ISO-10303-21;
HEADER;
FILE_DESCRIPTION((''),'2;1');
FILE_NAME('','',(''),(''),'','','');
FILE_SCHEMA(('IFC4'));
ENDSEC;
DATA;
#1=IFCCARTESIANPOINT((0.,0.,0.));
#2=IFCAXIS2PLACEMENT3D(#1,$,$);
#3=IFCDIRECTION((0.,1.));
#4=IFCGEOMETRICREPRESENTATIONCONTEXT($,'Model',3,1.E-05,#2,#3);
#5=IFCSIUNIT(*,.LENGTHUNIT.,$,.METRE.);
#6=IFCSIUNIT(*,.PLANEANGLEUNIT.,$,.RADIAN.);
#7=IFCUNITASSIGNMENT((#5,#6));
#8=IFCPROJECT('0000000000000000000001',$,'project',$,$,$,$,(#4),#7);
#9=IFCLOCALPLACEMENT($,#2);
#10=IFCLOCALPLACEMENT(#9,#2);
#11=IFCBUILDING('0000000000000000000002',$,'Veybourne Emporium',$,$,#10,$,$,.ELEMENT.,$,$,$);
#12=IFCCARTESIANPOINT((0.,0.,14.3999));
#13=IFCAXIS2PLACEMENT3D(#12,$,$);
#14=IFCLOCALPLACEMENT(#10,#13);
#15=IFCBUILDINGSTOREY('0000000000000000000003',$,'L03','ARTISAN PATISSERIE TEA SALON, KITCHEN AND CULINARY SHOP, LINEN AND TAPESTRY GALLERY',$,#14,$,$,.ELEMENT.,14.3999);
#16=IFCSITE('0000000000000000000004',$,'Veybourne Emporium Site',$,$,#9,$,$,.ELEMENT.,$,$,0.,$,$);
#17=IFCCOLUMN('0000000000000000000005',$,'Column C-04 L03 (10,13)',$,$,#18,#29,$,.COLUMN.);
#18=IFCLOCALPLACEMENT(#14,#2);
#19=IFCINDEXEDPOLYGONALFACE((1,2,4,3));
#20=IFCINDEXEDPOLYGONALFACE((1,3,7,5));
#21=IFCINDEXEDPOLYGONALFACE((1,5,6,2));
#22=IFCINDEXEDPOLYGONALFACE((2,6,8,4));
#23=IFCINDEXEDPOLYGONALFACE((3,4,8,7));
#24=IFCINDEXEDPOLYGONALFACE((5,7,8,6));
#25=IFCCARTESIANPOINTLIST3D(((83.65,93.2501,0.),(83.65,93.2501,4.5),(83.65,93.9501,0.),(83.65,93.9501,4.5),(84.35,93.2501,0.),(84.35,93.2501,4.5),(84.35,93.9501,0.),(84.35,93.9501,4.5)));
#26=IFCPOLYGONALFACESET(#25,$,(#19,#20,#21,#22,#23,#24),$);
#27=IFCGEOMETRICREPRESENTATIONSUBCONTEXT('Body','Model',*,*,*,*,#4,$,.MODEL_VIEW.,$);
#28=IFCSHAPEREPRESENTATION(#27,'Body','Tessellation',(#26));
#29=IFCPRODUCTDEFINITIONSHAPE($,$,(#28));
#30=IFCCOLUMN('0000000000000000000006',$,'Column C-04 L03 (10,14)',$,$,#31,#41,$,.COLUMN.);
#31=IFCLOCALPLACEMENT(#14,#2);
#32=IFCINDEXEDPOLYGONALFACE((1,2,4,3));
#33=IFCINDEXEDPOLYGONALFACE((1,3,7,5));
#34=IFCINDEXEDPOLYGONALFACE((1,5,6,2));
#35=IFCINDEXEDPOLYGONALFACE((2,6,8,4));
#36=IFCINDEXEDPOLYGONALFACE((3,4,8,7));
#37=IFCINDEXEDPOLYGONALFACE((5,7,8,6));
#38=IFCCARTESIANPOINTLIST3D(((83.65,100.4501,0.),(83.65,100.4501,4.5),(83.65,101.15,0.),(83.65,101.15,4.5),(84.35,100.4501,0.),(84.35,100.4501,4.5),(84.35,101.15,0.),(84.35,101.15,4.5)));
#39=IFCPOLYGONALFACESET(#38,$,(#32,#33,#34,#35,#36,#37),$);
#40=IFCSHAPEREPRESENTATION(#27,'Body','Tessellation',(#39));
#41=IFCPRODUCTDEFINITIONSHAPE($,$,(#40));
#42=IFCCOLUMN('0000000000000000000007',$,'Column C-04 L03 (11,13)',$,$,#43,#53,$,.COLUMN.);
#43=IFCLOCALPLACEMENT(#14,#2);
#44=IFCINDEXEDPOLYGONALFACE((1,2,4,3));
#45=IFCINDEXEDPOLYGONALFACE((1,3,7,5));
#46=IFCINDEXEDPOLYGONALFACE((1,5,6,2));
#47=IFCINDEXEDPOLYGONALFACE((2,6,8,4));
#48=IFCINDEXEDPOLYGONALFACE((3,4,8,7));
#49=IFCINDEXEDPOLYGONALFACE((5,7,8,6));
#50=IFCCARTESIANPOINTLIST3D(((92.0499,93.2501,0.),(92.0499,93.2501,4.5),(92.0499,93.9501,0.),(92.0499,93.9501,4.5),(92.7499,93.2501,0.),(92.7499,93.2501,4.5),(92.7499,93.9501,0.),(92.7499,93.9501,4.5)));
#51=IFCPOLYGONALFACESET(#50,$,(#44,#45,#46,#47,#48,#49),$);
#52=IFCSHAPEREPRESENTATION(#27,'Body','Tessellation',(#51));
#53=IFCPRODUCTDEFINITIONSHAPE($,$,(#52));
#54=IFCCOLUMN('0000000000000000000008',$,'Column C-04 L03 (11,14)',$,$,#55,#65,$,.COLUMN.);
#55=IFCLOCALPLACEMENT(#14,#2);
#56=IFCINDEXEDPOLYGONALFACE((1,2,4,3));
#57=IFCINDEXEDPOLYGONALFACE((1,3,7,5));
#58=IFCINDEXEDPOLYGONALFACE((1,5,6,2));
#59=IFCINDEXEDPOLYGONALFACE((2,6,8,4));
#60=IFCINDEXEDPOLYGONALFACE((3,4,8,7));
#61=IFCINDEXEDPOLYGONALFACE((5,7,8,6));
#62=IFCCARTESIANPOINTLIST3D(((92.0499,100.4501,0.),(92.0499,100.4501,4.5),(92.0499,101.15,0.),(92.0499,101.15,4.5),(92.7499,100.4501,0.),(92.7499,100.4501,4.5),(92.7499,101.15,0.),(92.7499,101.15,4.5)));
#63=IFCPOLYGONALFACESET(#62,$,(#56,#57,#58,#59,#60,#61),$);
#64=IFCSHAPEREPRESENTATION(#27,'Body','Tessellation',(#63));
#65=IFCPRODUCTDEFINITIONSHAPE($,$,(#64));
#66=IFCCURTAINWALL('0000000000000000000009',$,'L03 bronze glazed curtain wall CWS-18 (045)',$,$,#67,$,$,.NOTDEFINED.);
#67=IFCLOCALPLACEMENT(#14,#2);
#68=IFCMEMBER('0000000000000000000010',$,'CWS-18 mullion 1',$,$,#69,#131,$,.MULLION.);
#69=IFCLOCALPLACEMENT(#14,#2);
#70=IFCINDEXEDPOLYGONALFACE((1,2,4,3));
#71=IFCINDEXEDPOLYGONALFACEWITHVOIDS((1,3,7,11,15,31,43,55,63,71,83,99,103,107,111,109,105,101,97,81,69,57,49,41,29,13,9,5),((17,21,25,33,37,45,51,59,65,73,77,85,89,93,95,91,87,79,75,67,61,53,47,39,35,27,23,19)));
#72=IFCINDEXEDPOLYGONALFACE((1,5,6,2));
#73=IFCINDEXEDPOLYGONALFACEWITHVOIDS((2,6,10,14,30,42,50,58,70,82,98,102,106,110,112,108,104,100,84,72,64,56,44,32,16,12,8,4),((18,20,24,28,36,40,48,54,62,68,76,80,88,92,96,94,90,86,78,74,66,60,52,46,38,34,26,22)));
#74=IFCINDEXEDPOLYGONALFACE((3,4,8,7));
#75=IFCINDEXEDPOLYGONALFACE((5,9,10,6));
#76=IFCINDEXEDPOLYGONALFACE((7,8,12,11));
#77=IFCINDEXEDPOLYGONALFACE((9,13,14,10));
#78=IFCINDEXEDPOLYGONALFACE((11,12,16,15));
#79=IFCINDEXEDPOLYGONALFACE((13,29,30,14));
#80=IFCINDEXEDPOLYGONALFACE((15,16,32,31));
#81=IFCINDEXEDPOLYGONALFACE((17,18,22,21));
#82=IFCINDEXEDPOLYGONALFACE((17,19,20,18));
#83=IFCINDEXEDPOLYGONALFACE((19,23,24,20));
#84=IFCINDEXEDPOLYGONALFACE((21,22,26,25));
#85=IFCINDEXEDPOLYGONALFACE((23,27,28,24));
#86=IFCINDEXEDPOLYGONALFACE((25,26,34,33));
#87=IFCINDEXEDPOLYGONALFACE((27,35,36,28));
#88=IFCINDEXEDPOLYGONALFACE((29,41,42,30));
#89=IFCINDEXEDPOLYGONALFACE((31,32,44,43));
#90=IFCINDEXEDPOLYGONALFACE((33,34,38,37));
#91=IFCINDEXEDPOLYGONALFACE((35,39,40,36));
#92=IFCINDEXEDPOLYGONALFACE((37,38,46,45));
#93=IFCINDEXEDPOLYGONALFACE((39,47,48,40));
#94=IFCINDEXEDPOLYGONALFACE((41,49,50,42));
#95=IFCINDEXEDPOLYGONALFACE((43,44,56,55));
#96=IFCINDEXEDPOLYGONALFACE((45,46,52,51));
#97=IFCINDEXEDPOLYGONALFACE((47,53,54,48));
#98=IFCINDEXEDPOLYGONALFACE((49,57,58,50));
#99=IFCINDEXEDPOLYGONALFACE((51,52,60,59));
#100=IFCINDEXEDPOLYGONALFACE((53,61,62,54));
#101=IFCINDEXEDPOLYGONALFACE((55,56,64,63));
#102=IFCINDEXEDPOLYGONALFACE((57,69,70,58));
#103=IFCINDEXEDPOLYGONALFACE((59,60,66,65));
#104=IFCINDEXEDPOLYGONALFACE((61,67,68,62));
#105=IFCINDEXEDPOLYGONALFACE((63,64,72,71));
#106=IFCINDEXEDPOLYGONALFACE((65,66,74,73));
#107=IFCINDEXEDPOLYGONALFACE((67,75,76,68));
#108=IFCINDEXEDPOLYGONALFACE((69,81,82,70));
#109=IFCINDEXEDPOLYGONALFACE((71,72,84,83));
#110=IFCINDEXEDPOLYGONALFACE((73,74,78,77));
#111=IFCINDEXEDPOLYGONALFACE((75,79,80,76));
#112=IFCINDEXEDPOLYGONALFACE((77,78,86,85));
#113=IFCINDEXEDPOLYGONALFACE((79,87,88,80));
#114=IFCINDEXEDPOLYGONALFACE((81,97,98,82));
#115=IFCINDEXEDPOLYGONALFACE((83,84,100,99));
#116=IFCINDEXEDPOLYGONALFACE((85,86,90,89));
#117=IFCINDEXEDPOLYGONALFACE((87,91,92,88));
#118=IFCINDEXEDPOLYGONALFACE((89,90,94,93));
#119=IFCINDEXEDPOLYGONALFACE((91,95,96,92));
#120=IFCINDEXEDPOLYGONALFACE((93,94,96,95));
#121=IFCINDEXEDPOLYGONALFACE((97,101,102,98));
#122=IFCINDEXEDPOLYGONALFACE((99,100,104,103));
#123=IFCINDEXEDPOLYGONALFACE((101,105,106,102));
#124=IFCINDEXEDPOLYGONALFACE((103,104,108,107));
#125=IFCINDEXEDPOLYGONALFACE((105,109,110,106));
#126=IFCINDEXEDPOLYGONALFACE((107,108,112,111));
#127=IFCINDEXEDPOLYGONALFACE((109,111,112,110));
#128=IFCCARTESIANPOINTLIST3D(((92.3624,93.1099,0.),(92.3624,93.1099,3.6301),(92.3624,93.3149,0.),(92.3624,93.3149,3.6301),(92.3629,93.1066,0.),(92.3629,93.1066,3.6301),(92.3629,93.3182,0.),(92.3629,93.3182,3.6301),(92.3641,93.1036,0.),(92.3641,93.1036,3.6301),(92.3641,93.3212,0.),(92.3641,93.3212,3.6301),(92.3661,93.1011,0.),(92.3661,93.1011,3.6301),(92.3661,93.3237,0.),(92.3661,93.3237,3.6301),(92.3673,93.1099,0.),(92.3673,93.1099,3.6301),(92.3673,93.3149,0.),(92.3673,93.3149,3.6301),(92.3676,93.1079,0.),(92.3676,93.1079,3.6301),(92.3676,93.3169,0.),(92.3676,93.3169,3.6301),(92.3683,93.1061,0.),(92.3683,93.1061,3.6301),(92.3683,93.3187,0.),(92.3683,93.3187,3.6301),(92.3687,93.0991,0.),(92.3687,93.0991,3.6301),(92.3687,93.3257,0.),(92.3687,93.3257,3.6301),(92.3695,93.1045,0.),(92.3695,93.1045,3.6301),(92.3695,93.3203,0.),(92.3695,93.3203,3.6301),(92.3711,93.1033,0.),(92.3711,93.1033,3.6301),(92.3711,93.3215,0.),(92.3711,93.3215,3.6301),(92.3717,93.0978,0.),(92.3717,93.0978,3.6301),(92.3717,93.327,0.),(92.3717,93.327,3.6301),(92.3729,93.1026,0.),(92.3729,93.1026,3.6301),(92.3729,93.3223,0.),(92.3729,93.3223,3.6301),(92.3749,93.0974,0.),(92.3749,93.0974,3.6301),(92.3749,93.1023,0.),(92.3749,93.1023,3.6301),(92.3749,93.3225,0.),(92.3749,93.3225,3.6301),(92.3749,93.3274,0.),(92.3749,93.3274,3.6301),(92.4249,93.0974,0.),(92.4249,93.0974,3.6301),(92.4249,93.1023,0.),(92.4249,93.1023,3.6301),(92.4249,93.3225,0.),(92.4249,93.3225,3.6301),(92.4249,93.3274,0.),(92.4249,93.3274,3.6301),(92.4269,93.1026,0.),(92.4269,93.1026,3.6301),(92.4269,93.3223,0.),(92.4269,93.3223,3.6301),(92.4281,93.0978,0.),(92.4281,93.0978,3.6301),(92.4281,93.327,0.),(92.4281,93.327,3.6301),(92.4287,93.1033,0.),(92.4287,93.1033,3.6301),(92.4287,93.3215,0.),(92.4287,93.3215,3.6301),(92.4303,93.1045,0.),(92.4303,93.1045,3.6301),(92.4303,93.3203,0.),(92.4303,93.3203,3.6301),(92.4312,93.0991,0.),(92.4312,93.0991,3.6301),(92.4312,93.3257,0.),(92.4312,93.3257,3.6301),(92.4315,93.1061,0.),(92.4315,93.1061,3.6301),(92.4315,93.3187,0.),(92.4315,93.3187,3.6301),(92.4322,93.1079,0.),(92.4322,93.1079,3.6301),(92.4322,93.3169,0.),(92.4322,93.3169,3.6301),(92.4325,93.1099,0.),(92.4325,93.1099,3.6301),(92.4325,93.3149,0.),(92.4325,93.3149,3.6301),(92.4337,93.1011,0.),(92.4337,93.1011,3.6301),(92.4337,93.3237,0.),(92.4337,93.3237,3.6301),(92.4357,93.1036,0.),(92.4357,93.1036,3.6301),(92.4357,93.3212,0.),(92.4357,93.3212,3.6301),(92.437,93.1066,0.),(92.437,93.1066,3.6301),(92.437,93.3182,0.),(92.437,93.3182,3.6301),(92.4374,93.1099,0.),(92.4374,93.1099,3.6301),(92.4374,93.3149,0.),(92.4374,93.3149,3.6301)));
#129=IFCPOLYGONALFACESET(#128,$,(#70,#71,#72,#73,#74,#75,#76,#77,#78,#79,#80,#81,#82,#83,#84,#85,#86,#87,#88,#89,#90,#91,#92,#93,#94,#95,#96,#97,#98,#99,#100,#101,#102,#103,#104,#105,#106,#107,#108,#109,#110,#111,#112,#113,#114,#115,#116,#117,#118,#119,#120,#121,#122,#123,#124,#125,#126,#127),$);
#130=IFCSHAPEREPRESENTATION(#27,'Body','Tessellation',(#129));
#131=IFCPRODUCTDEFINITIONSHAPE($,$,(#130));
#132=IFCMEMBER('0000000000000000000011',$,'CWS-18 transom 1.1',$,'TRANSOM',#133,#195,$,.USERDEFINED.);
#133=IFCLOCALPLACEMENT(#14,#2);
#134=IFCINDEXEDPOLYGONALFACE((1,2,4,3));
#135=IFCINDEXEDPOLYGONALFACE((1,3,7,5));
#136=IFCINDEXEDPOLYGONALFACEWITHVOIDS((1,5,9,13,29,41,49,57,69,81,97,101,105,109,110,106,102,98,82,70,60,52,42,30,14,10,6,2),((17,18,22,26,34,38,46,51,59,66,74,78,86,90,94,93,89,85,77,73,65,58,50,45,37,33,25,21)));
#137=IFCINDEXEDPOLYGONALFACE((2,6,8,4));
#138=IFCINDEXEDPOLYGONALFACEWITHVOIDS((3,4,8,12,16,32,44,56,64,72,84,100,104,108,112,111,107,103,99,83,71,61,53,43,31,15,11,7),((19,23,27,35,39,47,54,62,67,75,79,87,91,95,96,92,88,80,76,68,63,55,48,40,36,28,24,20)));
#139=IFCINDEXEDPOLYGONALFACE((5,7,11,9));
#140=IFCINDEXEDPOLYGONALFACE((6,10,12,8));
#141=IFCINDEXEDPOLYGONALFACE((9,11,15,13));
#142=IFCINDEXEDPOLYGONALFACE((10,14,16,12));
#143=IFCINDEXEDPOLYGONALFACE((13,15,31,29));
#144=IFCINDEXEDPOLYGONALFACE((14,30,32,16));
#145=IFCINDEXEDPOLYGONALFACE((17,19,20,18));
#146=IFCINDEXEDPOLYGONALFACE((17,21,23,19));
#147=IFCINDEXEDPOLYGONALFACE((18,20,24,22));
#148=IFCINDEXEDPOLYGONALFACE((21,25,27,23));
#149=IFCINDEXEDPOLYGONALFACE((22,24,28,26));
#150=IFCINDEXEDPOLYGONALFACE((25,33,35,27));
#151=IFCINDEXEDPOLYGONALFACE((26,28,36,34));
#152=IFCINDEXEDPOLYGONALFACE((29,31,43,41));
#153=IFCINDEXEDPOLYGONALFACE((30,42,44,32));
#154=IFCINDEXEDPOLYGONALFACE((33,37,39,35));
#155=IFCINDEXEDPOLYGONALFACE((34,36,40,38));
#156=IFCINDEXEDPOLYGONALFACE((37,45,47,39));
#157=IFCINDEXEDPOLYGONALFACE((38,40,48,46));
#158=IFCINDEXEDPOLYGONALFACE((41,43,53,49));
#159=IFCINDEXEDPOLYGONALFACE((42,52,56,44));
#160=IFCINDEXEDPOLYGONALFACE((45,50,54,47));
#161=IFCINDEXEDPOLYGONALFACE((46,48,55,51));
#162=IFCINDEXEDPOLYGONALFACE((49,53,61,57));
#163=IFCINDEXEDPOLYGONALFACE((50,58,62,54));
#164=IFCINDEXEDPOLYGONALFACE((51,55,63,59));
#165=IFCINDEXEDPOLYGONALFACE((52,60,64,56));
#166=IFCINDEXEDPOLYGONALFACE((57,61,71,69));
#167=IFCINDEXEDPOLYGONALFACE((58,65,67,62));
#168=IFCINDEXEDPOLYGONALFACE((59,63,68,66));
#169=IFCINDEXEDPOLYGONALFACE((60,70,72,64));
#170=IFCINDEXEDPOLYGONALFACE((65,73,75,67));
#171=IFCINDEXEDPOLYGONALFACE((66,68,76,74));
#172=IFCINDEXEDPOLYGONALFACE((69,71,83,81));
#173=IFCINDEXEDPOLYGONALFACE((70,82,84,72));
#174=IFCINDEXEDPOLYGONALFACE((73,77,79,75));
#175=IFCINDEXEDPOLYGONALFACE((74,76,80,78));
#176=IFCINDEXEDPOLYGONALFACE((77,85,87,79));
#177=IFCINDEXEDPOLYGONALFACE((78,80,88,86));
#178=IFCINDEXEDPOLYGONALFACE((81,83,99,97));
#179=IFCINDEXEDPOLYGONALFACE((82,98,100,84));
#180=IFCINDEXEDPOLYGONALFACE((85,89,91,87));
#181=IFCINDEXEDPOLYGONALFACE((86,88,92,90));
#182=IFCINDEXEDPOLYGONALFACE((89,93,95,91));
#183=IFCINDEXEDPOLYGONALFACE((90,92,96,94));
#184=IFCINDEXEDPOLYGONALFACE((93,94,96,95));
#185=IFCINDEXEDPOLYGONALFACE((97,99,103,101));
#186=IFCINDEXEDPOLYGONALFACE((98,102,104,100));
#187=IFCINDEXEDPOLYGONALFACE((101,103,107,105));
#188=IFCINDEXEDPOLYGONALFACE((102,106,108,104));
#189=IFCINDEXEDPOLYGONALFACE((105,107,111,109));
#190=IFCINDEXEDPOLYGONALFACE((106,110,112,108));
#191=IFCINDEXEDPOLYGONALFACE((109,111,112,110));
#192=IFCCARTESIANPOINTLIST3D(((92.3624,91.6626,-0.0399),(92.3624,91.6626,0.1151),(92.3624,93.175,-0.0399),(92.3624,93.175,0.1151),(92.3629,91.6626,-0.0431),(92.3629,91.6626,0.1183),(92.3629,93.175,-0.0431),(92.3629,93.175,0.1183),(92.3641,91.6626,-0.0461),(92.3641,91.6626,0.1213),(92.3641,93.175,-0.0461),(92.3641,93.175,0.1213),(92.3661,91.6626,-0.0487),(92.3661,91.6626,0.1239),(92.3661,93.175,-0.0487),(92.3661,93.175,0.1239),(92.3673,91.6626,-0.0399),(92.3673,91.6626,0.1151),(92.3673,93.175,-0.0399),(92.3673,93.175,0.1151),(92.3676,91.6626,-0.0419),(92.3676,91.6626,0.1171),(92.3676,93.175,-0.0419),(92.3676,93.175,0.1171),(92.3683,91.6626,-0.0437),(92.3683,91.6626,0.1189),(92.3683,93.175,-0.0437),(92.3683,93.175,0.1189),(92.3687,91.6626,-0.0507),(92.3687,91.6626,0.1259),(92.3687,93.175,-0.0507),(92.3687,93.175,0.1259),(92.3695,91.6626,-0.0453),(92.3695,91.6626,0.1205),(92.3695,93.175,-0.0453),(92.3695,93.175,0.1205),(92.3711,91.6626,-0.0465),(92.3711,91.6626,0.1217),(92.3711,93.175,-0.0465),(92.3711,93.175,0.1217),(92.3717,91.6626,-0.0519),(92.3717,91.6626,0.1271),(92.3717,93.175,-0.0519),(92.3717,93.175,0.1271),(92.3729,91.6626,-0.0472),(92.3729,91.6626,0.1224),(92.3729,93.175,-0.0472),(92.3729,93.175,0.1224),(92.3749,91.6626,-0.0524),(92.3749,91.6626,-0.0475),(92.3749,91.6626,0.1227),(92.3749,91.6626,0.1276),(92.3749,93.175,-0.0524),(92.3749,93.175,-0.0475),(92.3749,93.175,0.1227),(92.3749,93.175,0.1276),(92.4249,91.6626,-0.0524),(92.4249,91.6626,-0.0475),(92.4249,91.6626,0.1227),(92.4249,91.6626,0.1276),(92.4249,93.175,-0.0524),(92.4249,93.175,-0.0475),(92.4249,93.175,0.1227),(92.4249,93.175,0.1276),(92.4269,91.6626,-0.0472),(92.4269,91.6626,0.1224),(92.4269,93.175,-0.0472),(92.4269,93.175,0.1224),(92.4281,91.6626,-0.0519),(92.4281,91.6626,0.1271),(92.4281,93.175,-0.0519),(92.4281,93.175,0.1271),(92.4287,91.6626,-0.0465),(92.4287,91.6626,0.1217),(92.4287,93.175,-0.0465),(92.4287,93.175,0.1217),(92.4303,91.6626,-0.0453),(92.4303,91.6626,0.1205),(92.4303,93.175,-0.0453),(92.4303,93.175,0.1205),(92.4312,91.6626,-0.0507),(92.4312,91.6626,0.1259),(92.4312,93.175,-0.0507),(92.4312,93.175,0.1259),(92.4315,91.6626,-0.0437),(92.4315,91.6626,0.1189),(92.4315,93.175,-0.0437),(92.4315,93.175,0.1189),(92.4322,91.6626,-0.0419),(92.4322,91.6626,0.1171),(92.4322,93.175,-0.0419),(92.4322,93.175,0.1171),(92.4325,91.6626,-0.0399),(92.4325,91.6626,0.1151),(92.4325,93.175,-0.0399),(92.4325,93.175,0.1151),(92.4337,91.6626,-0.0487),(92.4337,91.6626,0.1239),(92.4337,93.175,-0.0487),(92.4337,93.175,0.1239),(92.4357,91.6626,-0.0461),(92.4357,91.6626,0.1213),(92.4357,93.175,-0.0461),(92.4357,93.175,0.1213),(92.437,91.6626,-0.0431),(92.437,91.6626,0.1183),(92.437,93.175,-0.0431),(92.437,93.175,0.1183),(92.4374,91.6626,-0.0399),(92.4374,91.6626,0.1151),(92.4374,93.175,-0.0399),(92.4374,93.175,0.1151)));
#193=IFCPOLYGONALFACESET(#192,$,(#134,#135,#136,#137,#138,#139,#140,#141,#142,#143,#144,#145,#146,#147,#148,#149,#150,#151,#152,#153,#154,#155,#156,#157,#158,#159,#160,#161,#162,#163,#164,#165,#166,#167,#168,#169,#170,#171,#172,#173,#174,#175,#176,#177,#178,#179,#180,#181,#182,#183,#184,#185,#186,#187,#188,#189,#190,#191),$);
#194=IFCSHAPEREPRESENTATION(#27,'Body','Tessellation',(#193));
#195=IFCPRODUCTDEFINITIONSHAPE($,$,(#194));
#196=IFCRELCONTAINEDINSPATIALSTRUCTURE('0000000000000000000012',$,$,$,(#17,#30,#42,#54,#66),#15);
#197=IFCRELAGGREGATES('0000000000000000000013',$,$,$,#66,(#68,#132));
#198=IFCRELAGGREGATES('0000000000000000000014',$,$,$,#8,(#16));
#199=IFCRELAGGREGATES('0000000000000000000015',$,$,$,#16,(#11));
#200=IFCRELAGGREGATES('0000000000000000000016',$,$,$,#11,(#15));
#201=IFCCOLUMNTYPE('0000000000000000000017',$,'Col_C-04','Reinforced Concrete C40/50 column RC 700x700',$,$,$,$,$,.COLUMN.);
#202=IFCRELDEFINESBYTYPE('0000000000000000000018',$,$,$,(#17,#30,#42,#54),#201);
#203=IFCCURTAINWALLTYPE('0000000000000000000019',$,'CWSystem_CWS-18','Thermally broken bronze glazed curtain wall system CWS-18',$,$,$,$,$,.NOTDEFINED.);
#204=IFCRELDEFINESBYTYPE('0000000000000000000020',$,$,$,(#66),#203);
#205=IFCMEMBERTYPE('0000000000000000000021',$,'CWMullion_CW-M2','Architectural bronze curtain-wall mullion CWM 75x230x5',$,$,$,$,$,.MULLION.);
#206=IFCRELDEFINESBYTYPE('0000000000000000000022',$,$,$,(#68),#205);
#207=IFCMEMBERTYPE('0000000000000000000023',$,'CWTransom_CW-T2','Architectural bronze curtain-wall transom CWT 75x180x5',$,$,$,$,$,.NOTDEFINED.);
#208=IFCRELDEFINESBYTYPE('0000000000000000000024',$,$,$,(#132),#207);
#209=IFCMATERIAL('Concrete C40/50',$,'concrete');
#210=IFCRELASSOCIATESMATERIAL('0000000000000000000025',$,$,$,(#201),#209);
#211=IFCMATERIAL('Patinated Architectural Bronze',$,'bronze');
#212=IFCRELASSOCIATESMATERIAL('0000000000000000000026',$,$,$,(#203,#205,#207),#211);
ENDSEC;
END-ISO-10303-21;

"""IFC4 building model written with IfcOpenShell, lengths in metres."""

from ifc_helpers import new_model, si_unit, direction, frame, origin, origin_2d, place, context, subcontext, project, spatial, rectangle, hollow_rectangle, extrude, material, material_profile, profile_set, type_object, element, aggregate, save


model = new_model("IFC4")

# Units and contexts
model_context = context("Model", 3, precision=1e-05, world=origin(), true_north=direction((0.0, 1.0)))
body_context = subcontext(model_context, "Body", "Model", "MODEL_VIEW")
ifc_project = project(units=[si_unit("LENGTHUNIT", "METRE"), si_unit("PLANEANGLEUNIT", "RADIAN")], contexts=[model_context])

# Site, building, storey
site_placement = place(None, origin())
site = spatial("IfcSite", under=ifc_project, at=site_placement, Name="Veybourne Emporium Site", CompositionType="ELEMENT", RefElevation=0.0)
building_placement = place(site_placement, origin())
building = spatial("IfcBuilding", under=site, at=building_placement, Name="Veybourne Emporium", CompositionType="ELEMENT")
storey_placement = place(building_placement, frame((0.0, 0.0, 14.3999)))
storey = spatial("IfcBuildingStorey", under=building, at=storey_placement, Name="L03", Description="ARTISAN PATISSERIE TEA SALON, KITCHEN AND CULINARY SHOP, LINEN AND TAPESTRY GALLERY", CompositionType="ELEMENT", Elevation=14.3999)

# Columns
ifc_material_1 = material(Name="Concrete C40/50", Category="concrete")
ifc_material_profile_1 = material_profile(ifc_material_1, rectangle(XDim=0.7, YDim=0.7, at=origin_2d()), Name="RC 700x700")
ifc_profile_set_1 = profile_set([ifc_material_profile_1], Name="Concrete C40/50")
column_type = type_object("IfcColumnType", Name="Col_C-04", Description="Reinforced Concrete C40/50 column RC 700x700", PredefinedType="COLUMN", material=ifc_profile_set_1)
for number, where, z_axis, x_axis, name in (
    (1, (84.0, 93.6001, 0.0), (0.0, 0.0, 1.0), (1.0, 0.0, 0.0), "Column C-04 L03 (10,13)"),
    (2, (84.0, 100.8, 0.0), (0.0, 0.0, 1.0), (1.0, 0.0, 0.0), "Column C-04 L03 (10,14)"),
    (3, (92.3999, 93.6001, 0.0), (0.0, 0.0, 1.0), (1.0, 0.0, 0.0), "Column C-04 L03 (11,13)"),
    (4, (92.3999, 100.8, 0.0), (0.0, 0.0, 1.0), (1.0, 0.0, 0.0), "Column C-04 L03 (11,14)"),
):
    element("IfcColumn", number, at=place(storey_placement, frame(where, z_axis=z_axis, x_axis=x_axis)), inside=storey, type_object=column_type, Name=name, PredefinedType="COLUMN", context=body_context, shape_type="SweptSolid", body=[
        extrude(rectangle(XDim=0.7, YDim=0.7, at=origin_2d()), origin(), (0.0, 0.0, 1.0), 4.5),
    ])

# Curtain wall, members
ifc_material_2 = material(Name="Patinated Architectural Bronze", Category="bronze")
curtain_wall_type = type_object("IfcCurtainWallType", Name="CWSystem_CWS-18", Description="Thermally broken bronze glazed curtain wall system CWS-18", PredefinedType="NOTDEFINED", material=ifc_material_2)
curtain_wall_placement = place(storey_placement, origin())
curtain_wall = element("IfcCurtainWall", 5, at=curtain_wall_placement, inside=storey, type_object=curtain_wall_type, Name="L03 bronze glazed curtain wall CWS-18 (045)", PredefinedType="NOTDEFINED")
ifc_material_profile_2 = material_profile(ifc_material_2, hollow_rectangle(XDim=0.075, YDim=0.23, WallThickness=0.0049, InnerFilletRadius=0.0076, OuterFilletRadius=0.0125, at=origin_2d()), Name="CWM 75x230x5")
ifc_profile_set_2 = profile_set([ifc_material_profile_2], Name="Patinated Architectural Bronze")
member_type_1 = type_object("IfcMemberType", Name="CWMullion_CW-M2", Description="Architectural bronze curtain-wall mullion CWM 75x230x5", PredefinedType="MULLION", material=ifc_profile_set_2)
member_1_placement = place(storey_placement, frame((92.3999, 93.2124, 0.0), z_axis=(0.0, 0.0, 1.0), x_axis=(1.0, 0.0, 0.0)))
member_1 = element("IfcMember", 6, at=member_1_placement, type_object=member_type_1, Name="CWS-18 mullion 1", PredefinedType="MULLION", context=body_context, shape_type="SweptSolid", body=[
    extrude(hollow_rectangle(XDim=0.075, YDim=0.23, WallThickness=0.0049, InnerFilletRadius=0.0076, OuterFilletRadius=0.0125, at=origin_2d()), origin(), (0.0, 0.0, 1.0), 3.6301),
])
ifc_material_profile_3 = material_profile(ifc_material_2, hollow_rectangle(XDim=0.075, YDim=0.1799, WallThickness=0.0049, InnerFilletRadius=0.0076, OuterFilletRadius=0.0125, at=origin_2d()), Name="CWT 75x180x5")
ifc_profile_set_3 = profile_set([ifc_material_profile_3], Name="Patinated Architectural Bronze")
member_type_2 = type_object("IfcMemberType", Name="CWTransom_CW-T2", Description="Architectural bronze curtain-wall transom CWT 75x180x5", PredefinedType="NOTDEFINED", material=ifc_profile_set_3)
member_2_placement = place(storey_placement, frame((92.3999, 93.175, 0.0376), z_axis=(0.0, -1.0, 0.0), x_axis=(1.0, 0.0, 0.0)))
member_2 = element("IfcMember", 7, at=member_2_placement, type_object=member_type_2, Name="CWS-18 transom 1.1", ObjectType="TRANSOM", PredefinedType="USERDEFINED", context=body_context, shape_type="SweptSolid", body=[
    extrude(hollow_rectangle(XDim=0.075, YDim=0.1799, WallThickness=0.0049, InnerFilletRadius=0.0076, OuterFilletRadius=0.0125, at=origin_2d()), origin(), (0.0, 0.0, 1.0), 1.5125),
])

aggregate(curtain_wall, [member_1, member_2])

save(model, "model.ifc")
